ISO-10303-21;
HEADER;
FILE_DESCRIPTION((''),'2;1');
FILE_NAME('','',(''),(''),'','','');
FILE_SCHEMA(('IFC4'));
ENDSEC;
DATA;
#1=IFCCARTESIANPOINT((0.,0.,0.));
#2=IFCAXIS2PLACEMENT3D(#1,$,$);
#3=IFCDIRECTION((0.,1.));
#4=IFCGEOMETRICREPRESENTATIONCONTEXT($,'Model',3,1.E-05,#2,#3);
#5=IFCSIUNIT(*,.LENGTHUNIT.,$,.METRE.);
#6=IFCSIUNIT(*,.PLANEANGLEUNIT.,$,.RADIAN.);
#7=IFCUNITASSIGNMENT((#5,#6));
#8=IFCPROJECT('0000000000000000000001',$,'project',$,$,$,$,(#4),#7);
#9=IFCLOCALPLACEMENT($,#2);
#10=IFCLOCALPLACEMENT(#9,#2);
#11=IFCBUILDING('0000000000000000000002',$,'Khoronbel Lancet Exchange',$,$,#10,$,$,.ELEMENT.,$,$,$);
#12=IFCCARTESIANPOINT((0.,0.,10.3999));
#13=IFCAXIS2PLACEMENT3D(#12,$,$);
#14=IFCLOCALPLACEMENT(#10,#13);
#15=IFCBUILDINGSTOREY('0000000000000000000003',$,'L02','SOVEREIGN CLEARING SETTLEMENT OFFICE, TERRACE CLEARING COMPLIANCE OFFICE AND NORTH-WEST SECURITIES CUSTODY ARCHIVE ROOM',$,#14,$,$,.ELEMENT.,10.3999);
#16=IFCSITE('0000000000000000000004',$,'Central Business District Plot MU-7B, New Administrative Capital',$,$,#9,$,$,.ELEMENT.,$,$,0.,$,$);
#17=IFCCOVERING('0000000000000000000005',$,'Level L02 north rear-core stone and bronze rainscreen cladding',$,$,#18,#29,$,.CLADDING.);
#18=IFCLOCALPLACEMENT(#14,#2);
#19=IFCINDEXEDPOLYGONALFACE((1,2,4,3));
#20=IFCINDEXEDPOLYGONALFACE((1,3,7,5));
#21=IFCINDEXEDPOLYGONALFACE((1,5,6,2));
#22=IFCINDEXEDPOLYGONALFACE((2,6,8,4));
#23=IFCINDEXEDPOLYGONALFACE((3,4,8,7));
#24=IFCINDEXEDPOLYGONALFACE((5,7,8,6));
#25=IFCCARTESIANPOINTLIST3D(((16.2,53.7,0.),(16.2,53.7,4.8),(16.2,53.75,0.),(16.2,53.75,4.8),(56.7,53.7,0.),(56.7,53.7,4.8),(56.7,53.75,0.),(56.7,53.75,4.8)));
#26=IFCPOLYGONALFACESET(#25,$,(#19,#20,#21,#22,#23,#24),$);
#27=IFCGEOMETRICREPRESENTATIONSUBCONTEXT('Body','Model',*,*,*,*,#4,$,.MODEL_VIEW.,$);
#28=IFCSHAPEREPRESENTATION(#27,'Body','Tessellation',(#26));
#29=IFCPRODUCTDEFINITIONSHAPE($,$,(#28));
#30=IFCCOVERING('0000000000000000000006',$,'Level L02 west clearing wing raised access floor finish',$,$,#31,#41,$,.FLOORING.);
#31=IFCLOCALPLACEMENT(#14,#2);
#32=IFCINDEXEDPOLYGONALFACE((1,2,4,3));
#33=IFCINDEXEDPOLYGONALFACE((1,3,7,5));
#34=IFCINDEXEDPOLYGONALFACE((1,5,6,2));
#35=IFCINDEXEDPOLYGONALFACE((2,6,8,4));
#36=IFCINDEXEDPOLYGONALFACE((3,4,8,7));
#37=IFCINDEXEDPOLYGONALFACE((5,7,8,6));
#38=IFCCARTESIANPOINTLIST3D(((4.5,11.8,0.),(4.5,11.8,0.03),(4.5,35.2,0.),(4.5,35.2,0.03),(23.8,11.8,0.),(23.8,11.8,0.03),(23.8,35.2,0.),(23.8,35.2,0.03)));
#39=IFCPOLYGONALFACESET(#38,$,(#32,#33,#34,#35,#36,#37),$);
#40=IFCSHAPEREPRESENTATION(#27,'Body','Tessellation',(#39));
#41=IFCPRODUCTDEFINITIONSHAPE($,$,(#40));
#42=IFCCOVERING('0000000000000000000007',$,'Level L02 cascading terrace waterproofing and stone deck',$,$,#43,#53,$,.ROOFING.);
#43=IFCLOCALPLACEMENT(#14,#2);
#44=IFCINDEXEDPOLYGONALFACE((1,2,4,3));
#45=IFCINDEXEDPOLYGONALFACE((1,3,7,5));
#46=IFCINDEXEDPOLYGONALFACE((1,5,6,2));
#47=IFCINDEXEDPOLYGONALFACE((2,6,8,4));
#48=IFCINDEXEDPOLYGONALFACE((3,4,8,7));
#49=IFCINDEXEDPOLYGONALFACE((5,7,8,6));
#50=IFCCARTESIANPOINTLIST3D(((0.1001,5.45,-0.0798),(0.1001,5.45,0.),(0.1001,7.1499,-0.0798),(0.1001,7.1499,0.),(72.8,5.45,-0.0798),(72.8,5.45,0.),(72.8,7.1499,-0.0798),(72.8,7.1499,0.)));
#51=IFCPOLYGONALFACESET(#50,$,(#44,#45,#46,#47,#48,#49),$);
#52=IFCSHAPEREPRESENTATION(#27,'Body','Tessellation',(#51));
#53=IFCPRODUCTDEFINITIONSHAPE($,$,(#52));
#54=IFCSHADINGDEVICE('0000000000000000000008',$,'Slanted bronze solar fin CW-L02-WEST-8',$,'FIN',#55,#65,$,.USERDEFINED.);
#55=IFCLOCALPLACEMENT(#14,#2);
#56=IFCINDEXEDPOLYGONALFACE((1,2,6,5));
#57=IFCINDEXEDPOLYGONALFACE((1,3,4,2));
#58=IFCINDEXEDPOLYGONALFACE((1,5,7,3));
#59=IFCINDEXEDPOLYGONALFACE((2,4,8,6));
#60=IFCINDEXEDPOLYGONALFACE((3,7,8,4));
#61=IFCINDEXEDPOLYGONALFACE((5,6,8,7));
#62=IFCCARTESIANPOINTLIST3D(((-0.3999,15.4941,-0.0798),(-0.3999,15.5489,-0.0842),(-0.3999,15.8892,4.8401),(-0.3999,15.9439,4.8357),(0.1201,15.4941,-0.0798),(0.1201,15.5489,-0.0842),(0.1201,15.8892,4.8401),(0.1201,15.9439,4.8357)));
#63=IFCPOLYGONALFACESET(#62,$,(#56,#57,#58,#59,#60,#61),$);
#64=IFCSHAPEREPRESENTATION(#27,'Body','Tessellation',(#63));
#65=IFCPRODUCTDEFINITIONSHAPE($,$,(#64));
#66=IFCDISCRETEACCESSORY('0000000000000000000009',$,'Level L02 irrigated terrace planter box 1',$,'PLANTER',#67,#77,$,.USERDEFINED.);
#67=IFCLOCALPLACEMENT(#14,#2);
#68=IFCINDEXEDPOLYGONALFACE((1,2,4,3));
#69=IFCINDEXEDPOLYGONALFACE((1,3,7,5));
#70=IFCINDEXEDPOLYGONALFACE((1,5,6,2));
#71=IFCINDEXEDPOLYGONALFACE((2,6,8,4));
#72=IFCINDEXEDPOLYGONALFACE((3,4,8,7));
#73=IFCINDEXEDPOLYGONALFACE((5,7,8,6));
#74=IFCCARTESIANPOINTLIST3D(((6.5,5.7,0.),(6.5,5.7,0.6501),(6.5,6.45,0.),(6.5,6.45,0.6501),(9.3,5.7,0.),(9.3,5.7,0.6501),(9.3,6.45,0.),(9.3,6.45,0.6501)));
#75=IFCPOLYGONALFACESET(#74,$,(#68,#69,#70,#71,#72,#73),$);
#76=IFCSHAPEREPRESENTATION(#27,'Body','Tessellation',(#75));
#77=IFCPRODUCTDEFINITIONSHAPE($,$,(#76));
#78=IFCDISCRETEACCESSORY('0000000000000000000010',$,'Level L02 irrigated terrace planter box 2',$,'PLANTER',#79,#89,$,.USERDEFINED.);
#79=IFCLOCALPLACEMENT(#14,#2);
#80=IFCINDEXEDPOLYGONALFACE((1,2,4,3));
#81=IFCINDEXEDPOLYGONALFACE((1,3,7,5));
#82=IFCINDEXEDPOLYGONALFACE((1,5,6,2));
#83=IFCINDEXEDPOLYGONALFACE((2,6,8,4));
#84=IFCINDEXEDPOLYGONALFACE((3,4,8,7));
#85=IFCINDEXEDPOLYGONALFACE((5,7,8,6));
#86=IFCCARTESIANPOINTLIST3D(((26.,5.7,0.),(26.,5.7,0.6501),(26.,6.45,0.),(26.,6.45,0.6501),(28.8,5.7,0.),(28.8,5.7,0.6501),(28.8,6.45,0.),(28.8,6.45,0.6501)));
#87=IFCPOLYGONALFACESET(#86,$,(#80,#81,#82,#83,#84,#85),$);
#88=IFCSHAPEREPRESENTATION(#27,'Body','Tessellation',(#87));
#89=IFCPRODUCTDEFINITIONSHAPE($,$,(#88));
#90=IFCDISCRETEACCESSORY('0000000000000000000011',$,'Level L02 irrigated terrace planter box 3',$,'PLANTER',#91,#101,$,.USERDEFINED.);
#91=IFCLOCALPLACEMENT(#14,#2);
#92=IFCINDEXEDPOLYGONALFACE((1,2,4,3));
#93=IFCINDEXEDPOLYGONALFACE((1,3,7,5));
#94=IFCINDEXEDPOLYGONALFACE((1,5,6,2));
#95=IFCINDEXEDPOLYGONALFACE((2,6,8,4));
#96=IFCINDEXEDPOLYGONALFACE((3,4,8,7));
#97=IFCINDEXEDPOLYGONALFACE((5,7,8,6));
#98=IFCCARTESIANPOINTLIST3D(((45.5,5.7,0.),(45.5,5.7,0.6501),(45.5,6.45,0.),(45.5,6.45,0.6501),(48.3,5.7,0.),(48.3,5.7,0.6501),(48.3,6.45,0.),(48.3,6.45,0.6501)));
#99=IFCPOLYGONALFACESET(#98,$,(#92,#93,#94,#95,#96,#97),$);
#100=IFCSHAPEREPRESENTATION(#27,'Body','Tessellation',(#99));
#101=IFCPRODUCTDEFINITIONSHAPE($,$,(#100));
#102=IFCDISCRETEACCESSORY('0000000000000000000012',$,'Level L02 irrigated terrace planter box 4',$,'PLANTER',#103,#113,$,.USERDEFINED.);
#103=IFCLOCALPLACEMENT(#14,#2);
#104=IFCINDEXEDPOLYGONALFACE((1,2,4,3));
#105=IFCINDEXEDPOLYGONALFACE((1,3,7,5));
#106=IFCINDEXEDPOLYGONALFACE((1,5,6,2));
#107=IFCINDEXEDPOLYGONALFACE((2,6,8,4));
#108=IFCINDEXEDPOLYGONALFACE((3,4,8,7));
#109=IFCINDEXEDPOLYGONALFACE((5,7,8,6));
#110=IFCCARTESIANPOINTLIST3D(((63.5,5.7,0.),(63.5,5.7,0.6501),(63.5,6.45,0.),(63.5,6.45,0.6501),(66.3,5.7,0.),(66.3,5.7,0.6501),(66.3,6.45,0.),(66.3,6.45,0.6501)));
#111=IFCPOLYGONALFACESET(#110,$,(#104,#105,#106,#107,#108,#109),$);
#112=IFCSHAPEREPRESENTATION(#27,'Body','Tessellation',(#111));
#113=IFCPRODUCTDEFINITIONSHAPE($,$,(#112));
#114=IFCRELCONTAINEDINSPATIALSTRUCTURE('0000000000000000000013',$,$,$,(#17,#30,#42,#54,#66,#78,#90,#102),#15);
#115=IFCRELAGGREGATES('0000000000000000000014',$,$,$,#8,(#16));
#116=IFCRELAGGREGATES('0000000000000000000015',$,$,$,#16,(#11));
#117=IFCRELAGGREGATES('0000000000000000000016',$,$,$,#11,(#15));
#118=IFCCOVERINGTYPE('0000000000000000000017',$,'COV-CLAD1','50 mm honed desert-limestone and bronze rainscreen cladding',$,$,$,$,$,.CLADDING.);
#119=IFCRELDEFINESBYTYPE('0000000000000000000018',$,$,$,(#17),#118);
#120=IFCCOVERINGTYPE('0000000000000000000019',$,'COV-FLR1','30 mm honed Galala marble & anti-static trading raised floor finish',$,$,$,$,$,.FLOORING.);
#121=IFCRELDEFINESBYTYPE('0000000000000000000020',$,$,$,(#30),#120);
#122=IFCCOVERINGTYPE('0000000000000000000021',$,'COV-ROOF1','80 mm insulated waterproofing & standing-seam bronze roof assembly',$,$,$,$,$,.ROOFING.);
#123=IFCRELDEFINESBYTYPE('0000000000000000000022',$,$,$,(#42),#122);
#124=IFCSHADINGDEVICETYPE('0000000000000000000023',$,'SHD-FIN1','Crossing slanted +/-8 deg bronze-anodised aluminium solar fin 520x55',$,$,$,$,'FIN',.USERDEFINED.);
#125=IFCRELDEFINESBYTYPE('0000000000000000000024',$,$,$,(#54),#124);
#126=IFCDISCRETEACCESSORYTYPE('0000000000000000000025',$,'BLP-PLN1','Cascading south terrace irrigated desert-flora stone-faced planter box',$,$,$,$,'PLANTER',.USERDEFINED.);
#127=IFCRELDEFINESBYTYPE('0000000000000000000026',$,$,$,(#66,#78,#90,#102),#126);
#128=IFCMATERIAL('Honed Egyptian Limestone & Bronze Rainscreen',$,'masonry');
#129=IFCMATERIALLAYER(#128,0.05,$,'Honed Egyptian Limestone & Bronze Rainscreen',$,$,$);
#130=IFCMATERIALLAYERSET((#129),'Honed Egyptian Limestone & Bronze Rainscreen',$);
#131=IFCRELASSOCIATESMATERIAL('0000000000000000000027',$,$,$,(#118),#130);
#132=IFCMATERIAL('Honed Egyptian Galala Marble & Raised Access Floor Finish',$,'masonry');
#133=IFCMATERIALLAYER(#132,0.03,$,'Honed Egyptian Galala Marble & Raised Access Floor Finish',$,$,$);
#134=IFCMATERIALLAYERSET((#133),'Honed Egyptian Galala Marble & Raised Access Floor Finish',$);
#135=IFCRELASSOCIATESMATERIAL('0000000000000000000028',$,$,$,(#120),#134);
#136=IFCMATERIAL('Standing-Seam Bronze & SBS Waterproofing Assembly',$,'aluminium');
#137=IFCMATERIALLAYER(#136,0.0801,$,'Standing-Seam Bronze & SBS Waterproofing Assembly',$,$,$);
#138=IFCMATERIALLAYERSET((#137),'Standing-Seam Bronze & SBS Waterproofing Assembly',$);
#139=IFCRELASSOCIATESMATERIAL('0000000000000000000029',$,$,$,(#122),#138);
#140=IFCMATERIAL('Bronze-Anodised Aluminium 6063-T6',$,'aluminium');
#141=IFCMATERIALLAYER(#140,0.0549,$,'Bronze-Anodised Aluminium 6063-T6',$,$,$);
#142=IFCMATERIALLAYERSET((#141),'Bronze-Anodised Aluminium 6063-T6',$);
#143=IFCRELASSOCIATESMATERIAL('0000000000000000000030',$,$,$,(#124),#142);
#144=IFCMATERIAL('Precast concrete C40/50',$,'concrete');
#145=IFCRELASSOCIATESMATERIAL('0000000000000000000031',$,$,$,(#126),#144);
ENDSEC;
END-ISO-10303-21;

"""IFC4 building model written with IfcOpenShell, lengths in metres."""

from ifc_helpers import new_model, si_unit, direction, frame, origin, place, context, subcontext, project, spatial, polyline, outline, extrude, material, layer, layer_set, type_object, element, save


model = new_model("IFC4")

# Units and contexts
model_context = context("Model", 3, precision=1e-05, world=origin(), true_north=direction((0.0, 1.0)))
body_context = subcontext(model_context, "Body", "Model", "MODEL_VIEW")
ifc_project = project(units=[si_unit("LENGTHUNIT", "METRE"), si_unit("PLANEANGLEUNIT", "RADIAN")], contexts=[model_context])

# Site, building, storey
site_placement = place(None, origin())
site = spatial("IfcSite", under=ifc_project, at=site_placement, Name="Central Business District Plot MU-7B, New Administrative Capital", CompositionType="ELEMENT", RefElevation=0.0)
building_placement = place(site_placement, origin())
building = spatial("IfcBuilding", under=site, at=building_placement, Name="Khoronbel Lancet Exchange", CompositionType="ELEMENT")
storey_placement = place(building_placement, frame((0.0, 0.0, 10.3999)))
storey = spatial("IfcBuildingStorey", under=building, at=storey_placement, Name="L02", Description="SOVEREIGN CLEARING SETTLEMENT OFFICE, TERRACE CLEARING COMPLIANCE OFFICE AND NORTH-WEST SECURITIES CUSTODY ARCHIVE ROOM", CompositionType="ELEMENT", Elevation=10.3999)

# Shared definitions
ifc_material_1 = material(Name="Bronze-Anodised Aluminium 6063-T6", Category="aluminium")

# Coverings
ifc_material_2 = material(Name="Honed Egyptian Limestone & Bronze Rainscreen", Category="masonry")
ifc_layer_1 = layer(ifc_material_2, 0.05, Name="Honed Egyptian Limestone & Bronze Rainscreen")
ifc_layer_set_1 = layer_set([ifc_layer_1], Name="Honed Egyptian Limestone & Bronze Rainscreen")
covering_type_1 = type_object("IfcCoveringType", Name="COV-CLAD1", Description="50 mm honed desert-limestone and bronze rainscreen cladding", PredefinedType="CLADDING", material=ifc_layer_set_1)
covering_1_placement = place(storey_placement, origin())
element("IfcCovering", 1, at=covering_1_placement, inside=storey, type_object=covering_type_1, Name="Level L02 north rear-core stone and bronze rainscreen cladding", PredefinedType="CLADDING", context=body_context, shape_type="SweptSolid", body=[
    extrude(outline(polyline([(16.2, 53.7), (56.7, 53.7), (56.7, 53.75), (16.2, 53.75), (16.2, 53.7)])), origin(), (0.0, 0.0, 1.0), 4.8),
])
ifc_material_3 = material(Name="Honed Egyptian Galala Marble & Raised Access Floor Finish", Category="masonry")
ifc_layer_2 = layer(ifc_material_3, 0.03, Name="Honed Egyptian Galala Marble & Raised Access Floor Finish")
ifc_layer_set_2 = layer_set([ifc_layer_2], Name="Honed Egyptian Galala Marble & Raised Access Floor Finish")
covering_type_2 = type_object("IfcCoveringType", Name="COV-FLR1", Description="30 mm honed Galala marble & anti-static trading raised floor finish", PredefinedType="FLOORING", material=ifc_layer_set_2)
covering_2_placement = place(storey_placement, origin())
element("IfcCovering", 2, at=covering_2_placement, inside=storey, type_object=covering_type_2, Name="Level L02 west clearing wing raised access floor finish", PredefinedType="FLOORING", context=body_context, shape_type="SweptSolid", body=[
    extrude(outline(polyline([(4.5, 11.8), (23.8, 11.8), (23.8, 35.2), (4.5, 35.2), (4.5, 11.8)])), origin(), (0.0, 0.0, 1.0), 0.03),
])
ifc_material_4 = material(Name="Standing-Seam Bronze & SBS Waterproofing Assembly", Category="aluminium")
ifc_layer_3 = layer(ifc_material_4, 0.0801, Name="Standing-Seam Bronze & SBS Waterproofing Assembly")
ifc_layer_set_3 = layer_set([ifc_layer_3], Name="Standing-Seam Bronze & SBS Waterproofing Assembly")
covering_type_3 = type_object("IfcCoveringType", Name="COV-ROOF1", Description="80 mm insulated waterproofing & standing-seam bronze roof assembly", PredefinedType="ROOFING", material=ifc_layer_set_3)
covering_3_placement = place(storey_placement, frame((0.0, 0.0, -0.0798)))
element("IfcCovering", 3, at=covering_3_placement, inside=storey, type_object=covering_type_3, Name="Level L02 cascading terrace waterproofing and stone deck", PredefinedType="ROOFING", context=body_context, shape_type="SweptSolid", body=[
    extrude(outline(polyline([(0.1001, 5.45), (72.8, 5.45), (72.8, 7.1499), (0.1001, 7.1499), (0.1001, 5.45)])), origin(), (0.0, 0.0, 1.0), 0.0798),
])

# Shading device
ifc_layer_4 = layer(ifc_material_1, 0.0549, Name="Bronze-Anodised Aluminium 6063-T6")
ifc_layer_set_4 = layer_set([ifc_layer_4], Name="Bronze-Anodised Aluminium 6063-T6")
shading_device_type = type_object("IfcShadingDeviceType", Name="SHD-FIN1", Description="Crossing slanted +/-8 deg bronze-anodised aluminium solar fin 520x55", ElementType="FIN", PredefinedType="USERDEFINED", material=ifc_layer_set_4)
shading_device_placement = place(storey_placement, frame((0.1201, 15.4941, -0.0798), z_axis=(0.0, -0.996792, 0.080032), x_axis=(-1.0, 0.0, 0.0)))
element("IfcShadingDevice", 4, at=shading_device_placement, inside=storey, type_object=shading_device_type, Name="Slanted bronze solar fin CW-L02-WEST-8", ObjectType="FIN", PredefinedType="USERDEFINED", context=body_context, shape_type="SweptSolid", body=[
    extrude(outline(polyline([(0.0, 0.0), (0.52, 0.0), (0.52, -4.9358), (0.0, -4.9358), (0.0, 0.0)])), origin(), (0.0, 0.0, -1.0), 0.0549),
])

# Discrete accessories
ifc_material_5 = material(Name="Precast concrete C40/50", Category="concrete")
discrete_accessory_type = type_object("IfcDiscreteAccessoryType", Name="BLP-PLN1", Description="Cascading south terrace irrigated desert-flora stone-faced planter box", ElementType="PLANTER", PredefinedType="USERDEFINED", material=ifc_material_5)
discrete_accessory_1_placement = place(storey_placement, origin())
element("IfcDiscreteAccessory", 5, at=discrete_accessory_1_placement, inside=storey, type_object=discrete_accessory_type, Name="Level L02 irrigated terrace planter box 1", ObjectType="PLANTER", PredefinedType="USERDEFINED", context=body_context, shape_type="SweptSolid", body=[
    extrude(outline(polyline([(6.5, 5.7), (9.3, 5.7), (9.3, 6.45), (6.5, 6.45), (6.5, 5.7)])), origin(), (0.0, 0.0, 1.0), 0.6501),
])
discrete_accessory_2_placement = place(storey_placement, origin())
element("IfcDiscreteAccessory", 6, at=discrete_accessory_2_placement, inside=storey, type_object=discrete_accessory_type, Name="Level L02 irrigated terrace planter box 2", ObjectType="PLANTER", PredefinedType="USERDEFINED", context=body_context, shape_type="SweptSolid", body=[
    extrude(outline(polyline([(26.0, 5.7), (28.8, 5.7), (28.8, 6.45), (26.0, 6.45), (26.0, 5.7)])), origin(), (0.0, 0.0, 1.0), 0.6501),
])
discrete_accessory_3_placement = place(storey_placement, origin())
element("IfcDiscreteAccessory", 7, at=discrete_accessory_3_placement, inside=storey, type_object=discrete_accessory_type, Name="Level L02 irrigated terrace planter box 3", ObjectType="PLANTER", PredefinedType="USERDEFINED", context=body_context, shape_type="SweptSolid", body=[
    extrude(outline(polyline([(45.5, 5.7), (48.3, 5.7), (48.3, 6.45), (45.5, 6.45), (45.5, 5.7)])), origin(), (0.0, 0.0, 1.0), 0.6501),
])
discrete_accessory_4_placement = place(storey_placement, origin())
element("IfcDiscreteAccessory", 8, at=discrete_accessory_4_placement, inside=storey, type_object=discrete_accessory_type, Name="Level L02 irrigated terrace planter box 4", ObjectType="PLANTER", PredefinedType="USERDEFINED", context=body_context, shape_type="SweptSolid", body=[
    extrude(outline(polyline([(63.5, 5.7), (66.3, 5.7), (66.3, 6.45), (63.5, 6.45), (63.5, 5.7)])), origin(), (0.0, 0.0, 1.0), 0.6501),
])

save(model, "model.ifc")
